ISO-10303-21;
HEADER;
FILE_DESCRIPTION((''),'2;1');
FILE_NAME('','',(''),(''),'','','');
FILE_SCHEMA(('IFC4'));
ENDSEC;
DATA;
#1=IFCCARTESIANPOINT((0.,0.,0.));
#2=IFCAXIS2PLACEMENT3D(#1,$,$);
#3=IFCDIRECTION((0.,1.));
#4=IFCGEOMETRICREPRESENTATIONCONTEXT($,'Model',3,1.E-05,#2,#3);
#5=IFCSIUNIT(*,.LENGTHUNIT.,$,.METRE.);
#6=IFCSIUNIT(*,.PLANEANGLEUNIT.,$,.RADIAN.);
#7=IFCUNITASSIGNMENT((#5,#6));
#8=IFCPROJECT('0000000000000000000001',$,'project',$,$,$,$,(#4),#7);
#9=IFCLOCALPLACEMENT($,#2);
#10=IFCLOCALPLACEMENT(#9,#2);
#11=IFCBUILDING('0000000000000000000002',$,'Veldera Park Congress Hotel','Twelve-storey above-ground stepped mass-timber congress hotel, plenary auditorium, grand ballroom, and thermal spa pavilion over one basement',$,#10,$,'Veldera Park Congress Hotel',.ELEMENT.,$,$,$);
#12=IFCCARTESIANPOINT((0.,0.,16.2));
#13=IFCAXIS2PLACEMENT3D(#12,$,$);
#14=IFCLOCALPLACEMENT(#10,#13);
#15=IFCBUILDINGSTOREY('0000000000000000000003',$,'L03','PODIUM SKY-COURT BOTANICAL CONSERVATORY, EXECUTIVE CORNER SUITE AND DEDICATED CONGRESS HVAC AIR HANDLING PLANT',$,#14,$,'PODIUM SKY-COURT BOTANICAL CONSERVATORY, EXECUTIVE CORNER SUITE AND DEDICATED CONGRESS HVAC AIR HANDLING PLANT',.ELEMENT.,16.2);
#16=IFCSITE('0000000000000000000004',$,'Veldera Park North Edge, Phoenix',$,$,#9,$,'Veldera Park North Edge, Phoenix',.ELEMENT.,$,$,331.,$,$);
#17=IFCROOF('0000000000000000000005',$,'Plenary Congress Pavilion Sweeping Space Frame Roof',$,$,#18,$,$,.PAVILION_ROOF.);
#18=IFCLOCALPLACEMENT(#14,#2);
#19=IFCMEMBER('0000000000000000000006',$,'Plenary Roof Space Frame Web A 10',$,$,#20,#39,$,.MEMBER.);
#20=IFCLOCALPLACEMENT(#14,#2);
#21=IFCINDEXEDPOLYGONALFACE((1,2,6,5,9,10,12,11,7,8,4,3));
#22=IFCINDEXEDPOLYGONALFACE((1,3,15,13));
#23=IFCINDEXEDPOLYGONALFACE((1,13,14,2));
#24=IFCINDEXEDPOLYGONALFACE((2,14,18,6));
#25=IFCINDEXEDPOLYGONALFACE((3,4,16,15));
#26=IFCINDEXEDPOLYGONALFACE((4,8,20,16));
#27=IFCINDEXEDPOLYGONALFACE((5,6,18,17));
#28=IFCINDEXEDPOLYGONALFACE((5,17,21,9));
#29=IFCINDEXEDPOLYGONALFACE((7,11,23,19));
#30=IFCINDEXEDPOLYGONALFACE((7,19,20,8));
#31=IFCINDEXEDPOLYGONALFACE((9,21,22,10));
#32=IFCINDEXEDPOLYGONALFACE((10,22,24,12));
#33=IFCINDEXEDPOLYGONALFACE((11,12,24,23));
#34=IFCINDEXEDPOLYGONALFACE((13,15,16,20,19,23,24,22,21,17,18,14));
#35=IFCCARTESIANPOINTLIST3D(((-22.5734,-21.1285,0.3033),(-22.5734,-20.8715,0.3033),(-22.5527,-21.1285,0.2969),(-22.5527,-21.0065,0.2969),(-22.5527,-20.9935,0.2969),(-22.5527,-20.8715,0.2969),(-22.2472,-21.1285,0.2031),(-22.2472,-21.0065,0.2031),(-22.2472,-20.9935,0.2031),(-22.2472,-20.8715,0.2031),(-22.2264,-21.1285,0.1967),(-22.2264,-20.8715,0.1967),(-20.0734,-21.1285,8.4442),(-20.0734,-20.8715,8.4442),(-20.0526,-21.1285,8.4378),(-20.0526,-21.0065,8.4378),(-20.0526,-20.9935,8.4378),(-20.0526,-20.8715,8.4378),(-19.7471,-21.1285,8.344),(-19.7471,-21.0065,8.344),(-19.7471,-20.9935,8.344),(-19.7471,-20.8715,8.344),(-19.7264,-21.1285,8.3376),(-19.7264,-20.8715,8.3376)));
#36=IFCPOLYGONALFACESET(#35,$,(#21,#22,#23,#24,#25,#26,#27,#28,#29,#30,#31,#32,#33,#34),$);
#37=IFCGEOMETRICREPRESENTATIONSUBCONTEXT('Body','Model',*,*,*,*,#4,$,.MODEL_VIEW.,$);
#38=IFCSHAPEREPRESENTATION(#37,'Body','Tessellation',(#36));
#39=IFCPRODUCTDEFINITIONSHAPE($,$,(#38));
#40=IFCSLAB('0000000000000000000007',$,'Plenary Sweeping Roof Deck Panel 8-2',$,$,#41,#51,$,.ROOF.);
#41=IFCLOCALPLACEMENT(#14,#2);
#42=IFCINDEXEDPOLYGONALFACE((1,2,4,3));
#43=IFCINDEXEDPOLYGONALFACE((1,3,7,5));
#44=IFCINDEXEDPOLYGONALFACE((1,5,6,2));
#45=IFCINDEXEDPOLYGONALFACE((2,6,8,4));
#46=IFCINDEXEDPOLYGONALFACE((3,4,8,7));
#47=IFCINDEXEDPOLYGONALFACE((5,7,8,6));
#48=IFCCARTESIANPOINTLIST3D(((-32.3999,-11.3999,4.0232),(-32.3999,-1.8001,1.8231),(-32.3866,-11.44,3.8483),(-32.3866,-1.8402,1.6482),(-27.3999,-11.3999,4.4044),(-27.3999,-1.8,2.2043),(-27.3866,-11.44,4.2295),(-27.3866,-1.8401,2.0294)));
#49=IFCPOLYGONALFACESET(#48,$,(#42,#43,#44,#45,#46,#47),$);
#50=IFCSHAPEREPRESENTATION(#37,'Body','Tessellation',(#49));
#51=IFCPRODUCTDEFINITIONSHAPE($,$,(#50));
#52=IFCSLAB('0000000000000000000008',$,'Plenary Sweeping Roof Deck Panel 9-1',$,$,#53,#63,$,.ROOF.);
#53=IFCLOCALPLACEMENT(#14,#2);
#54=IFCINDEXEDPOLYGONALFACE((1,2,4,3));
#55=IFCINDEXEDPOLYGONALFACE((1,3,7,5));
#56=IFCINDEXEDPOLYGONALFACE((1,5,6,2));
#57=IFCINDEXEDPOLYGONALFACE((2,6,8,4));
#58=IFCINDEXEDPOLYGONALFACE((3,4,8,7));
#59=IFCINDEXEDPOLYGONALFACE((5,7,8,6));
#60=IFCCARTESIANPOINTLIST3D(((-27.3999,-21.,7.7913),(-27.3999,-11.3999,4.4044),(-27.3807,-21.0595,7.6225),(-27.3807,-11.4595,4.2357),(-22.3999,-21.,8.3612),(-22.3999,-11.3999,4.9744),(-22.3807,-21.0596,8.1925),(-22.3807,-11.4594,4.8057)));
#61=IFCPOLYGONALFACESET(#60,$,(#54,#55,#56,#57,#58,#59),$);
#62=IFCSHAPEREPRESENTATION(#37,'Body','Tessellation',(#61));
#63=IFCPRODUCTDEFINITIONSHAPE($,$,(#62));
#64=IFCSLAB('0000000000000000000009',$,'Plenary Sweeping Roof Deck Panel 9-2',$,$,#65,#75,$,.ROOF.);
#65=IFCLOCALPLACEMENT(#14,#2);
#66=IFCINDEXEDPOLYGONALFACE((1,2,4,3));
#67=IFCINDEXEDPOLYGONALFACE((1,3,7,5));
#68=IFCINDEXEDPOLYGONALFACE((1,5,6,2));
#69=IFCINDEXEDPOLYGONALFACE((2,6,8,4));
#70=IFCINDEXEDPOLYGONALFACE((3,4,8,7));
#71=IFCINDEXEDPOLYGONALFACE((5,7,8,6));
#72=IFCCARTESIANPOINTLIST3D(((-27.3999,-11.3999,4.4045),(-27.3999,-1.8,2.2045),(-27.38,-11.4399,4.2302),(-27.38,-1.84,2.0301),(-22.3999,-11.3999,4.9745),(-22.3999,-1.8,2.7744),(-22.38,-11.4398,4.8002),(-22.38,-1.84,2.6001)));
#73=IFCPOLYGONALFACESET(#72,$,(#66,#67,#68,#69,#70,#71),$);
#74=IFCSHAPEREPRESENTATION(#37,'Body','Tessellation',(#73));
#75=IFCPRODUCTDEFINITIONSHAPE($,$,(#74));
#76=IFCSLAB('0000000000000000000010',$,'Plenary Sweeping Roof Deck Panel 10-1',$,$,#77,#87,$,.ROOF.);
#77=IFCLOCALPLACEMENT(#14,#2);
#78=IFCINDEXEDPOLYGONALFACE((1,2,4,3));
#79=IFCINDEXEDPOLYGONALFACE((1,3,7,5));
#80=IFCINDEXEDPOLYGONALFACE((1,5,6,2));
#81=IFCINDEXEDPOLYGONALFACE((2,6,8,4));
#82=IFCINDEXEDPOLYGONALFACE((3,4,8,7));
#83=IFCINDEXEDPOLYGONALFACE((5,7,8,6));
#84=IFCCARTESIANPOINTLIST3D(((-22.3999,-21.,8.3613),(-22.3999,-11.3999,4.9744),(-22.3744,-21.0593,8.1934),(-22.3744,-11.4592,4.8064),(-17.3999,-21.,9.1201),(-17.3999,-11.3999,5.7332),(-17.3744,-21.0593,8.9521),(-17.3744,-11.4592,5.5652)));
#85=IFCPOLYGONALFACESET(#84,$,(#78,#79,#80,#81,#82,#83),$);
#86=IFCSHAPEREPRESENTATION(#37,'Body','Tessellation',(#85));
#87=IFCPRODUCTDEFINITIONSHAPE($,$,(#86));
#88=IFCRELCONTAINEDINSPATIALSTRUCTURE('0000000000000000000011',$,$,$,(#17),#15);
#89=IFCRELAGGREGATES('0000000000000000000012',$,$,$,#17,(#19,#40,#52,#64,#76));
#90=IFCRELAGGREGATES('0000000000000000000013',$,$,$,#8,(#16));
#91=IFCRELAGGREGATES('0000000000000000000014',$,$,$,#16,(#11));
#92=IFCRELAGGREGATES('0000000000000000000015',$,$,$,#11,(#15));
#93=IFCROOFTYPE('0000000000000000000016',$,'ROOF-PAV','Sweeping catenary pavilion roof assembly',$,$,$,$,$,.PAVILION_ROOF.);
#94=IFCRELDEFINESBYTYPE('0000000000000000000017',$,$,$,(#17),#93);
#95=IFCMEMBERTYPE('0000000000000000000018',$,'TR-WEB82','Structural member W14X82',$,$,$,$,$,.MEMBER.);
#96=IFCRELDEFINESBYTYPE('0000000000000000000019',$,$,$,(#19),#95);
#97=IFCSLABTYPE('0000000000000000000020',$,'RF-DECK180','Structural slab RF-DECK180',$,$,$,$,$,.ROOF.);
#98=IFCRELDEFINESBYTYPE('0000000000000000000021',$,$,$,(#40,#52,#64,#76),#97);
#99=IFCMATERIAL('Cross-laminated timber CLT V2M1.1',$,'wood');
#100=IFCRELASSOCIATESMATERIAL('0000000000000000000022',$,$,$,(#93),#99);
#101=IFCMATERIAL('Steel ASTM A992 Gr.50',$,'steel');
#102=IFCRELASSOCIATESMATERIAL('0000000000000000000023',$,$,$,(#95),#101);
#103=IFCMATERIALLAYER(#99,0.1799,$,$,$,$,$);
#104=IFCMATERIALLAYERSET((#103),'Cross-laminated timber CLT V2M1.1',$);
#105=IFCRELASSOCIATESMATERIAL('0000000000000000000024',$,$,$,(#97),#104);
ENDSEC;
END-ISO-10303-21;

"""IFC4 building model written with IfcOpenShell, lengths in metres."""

from ifc_helpers import new_model, si_unit, direction, frame, origin, origin_2d, place, context, subcontext, project, spatial, polyline, i_section, outline, extrude, material, layer, layer_set, material_profile, profile_set, type_object, element, aggregate, save


model = new_model("IFC4")

# Units and contexts
model_context = context("Model", 3, precision=1e-05, world=origin(), true_north=direction((0.0, 1.0)))
body_context = subcontext(model_context, "Body", "Model", "MODEL_VIEW")
ifc_project = project(units=[si_unit("LENGTHUNIT", "METRE"), si_unit("PLANEANGLEUNIT", "RADIAN")], contexts=[model_context])

# Site, building, storey
site_placement = place(None, origin())
site = spatial("IfcSite", under=ifc_project, at=site_placement, Name="Veldera Park North Edge, Phoenix", LongName="Veldera Park North Edge, Phoenix", CompositionType="ELEMENT", RefElevation=331.0)
building_placement = place(site_placement, origin())
building = spatial("IfcBuilding", under=site, at=building_placement, Name="Veldera Park Congress Hotel", Description="Twelve-storey above-ground stepped mass-timber congress hotel, plenary auditorium, grand ballroom, and thermal spa pavilion over one basement", LongName="Veldera Park Congress Hotel", CompositionType="ELEMENT")
storey_placement = place(building_placement, frame((0.0, 0.0, 16.2)))
storey = spatial("IfcBuildingStorey", under=building, at=storey_placement, Name="L03", Description="PODIUM SKY-COURT BOTANICAL CONSERVATORY, EXECUTIVE CORNER SUITE AND DEDICATED CONGRESS HVAC AIR HANDLING PLANT", LongName="PODIUM SKY-COURT BOTANICAL CONSERVATORY, EXECUTIVE CORNER SUITE AND DEDICATED CONGRESS HVAC AIR HANDLING PLANT", CompositionType="ELEMENT", Elevation=16.2)

# Shared definitions
ifc_material_1 = material(Name="Steel ASTM A992 Gr.50", Category="steel")

# Roof, member, slabs
ifc_material_2 = material(Name="Cross-laminated timber CLT V2M1.1", Category="wood")
roof_type = type_object("IfcRoofType", Name="ROOF-PAV", Description="Sweeping catenary pavilion roof assembly", PredefinedType="PAVILION_ROOF", material=ifc_material_2)
roof_placement = place(storey_placement, origin())
roof = element("IfcRoof", 1, at=roof_placement, inside=storey, type_object=roof_type, Name="Plenary Congress Pavilion Sweeping Space Frame Roof", PredefinedType="PAVILION_ROOF")
ifc_material_profile_1 = material_profile(ifc_material_1, i_section(OverallWidth=0.2571, OverallDepth=0.363, WebThickness=0.0129, FlangeThickness=0.0217, at=origin_2d()), Name="W14X82")
ifc_profile_set_1 = profile_set([ifc_material_profile_1], Name="Steel ASTM A992 Gr.50")
member_type_1 = type_object("IfcMemberType", Name="TR-WEB82", Description="Structural member W14X82", PredefinedType="MEMBER", material=ifc_profile_set_1)
member_1_placement = place(storey_placement, frame((-22.3999, -21.0, 0.25), z_axis=(0.293562, 0.0, 0.95594), x_axis=(0.0, 1.0, 0.0)))
member_1 = element("IfcMember", 2, at=member_1_placement, type_object=member_type_1, Name="Plenary Roof Space Frame Web A 10", PredefinedType="MEMBER", context=body_context, shape_type="SweptSolid", body=[
    extrude(i_section(OverallWidth=0.2571, OverallDepth=0.363, WebThickness=0.0129, FlangeThickness=0.0217, at=origin_2d()), origin(), (0.0, 0.0, 1.0), 8.5161),
])
ifc_layer = layer(ifc_material_2, 0.1799)
ifc_layer_set = layer_set([ifc_layer], Name="Cross-laminated timber CLT V2M1.1")
slab_type = type_object("IfcSlabType", Name="RF-DECK180", Description="Structural slab RF-DECK180", PredefinedType="ROOF", material=ifc_layer_set)
slab_1_placement = place(storey_placement, frame((-32.3999, -11.3999, 4.0232), z_axis=(-0.074114, 0.222772, 0.972049), x_axis=(0.997106, -0.000005, 0.076026)))
slab_1 = element("IfcSlab", 3, at=slab_1_placement, type_object=slab_type, Name="Plenary Sweeping Roof Deck Panel 8-2", PredefinedType="ROOF", context=body_context, shape_type="SweptSolid", body=[
    extrude(outline(polyline([(0.0, 0.0), (5.0145, 0.0), (4.8472, 9.8473), (-0.1673, 9.8473), (0.0, 0.0)])), origin(), (0.0, 0.0, -1.0), 0.1799),
])
slab_2_placement = place(storey_placement, frame((-27.3999, -21.0, 7.7913), z_axis=(-0.10688, 0.33079, 0.937633), x_axis=(0.993566, -0.000008, 0.113258)))
slab_2 = element("IfcSlab", 4, at=slab_2_placement, type_object=slab_type, Name="Plenary Sweeping Roof Deck Panel 9-1", PredefinedType="ROOF", context=body_context, shape_type="SweptSolid", body=[
    extrude(outline(polyline([(0.0, 0.0), (5.0324, 0.0), (4.6487, 10.1728), (-0.3836, 10.1727), (0.0, 0.0)])), origin(), (0.0, 0.0, -1.0), 0.1799),
])
slab_3_placement = place(storey_placement, frame((-27.3999, -11.3999, 4.4045), z_axis=(-0.110429, 0.22202, 0.968769), x_axis=(0.993566, 0.000005, 0.113255)))
slab_3 = element("IfcSlab", 5, at=slab_3_placement, type_object=slab_type, Name="Plenary Sweeping Roof Deck Panel 9-2", PredefinedType="ROOF", context=body_context, shape_type="SweptSolid", body=[
    extrude(outline(polyline([(0.0, 0.0), (5.0324, 0.0), (4.7833, 9.8456), (-0.2491, 9.8456), (0.0, 0.0)])), origin(), (0.0, 0.0, -1.0), 0.1799),
])
slab_4_placement = place(storey_placement, frame((-22.3999, -21.0, 8.3613), z_axis=(-0.141669, 0.32935, 0.933519), x_axis=(0.98868, 0.0, 0.15004)))
slab_4 = element("IfcSlab", 6, at=slab_4_placement, type_object=slab_type, Name="Plenary Sweeping Roof Deck Panel 10-1", PredefinedType="ROOF", context=body_context, shape_type="SweptSolid", body=[
    extrude(outline(polyline([(0.0, 0.0), (5.0572, 0.0), (4.5491, 10.1674), (-0.5082, 10.1674), (0.0, 0.0)])), origin(), (0.0, 0.0, -1.0), 0.1799),
])
aggregate(roof, [member_1, slab_1, slab_2, slab_3, slab_4])

save(model, "model.ifc")
